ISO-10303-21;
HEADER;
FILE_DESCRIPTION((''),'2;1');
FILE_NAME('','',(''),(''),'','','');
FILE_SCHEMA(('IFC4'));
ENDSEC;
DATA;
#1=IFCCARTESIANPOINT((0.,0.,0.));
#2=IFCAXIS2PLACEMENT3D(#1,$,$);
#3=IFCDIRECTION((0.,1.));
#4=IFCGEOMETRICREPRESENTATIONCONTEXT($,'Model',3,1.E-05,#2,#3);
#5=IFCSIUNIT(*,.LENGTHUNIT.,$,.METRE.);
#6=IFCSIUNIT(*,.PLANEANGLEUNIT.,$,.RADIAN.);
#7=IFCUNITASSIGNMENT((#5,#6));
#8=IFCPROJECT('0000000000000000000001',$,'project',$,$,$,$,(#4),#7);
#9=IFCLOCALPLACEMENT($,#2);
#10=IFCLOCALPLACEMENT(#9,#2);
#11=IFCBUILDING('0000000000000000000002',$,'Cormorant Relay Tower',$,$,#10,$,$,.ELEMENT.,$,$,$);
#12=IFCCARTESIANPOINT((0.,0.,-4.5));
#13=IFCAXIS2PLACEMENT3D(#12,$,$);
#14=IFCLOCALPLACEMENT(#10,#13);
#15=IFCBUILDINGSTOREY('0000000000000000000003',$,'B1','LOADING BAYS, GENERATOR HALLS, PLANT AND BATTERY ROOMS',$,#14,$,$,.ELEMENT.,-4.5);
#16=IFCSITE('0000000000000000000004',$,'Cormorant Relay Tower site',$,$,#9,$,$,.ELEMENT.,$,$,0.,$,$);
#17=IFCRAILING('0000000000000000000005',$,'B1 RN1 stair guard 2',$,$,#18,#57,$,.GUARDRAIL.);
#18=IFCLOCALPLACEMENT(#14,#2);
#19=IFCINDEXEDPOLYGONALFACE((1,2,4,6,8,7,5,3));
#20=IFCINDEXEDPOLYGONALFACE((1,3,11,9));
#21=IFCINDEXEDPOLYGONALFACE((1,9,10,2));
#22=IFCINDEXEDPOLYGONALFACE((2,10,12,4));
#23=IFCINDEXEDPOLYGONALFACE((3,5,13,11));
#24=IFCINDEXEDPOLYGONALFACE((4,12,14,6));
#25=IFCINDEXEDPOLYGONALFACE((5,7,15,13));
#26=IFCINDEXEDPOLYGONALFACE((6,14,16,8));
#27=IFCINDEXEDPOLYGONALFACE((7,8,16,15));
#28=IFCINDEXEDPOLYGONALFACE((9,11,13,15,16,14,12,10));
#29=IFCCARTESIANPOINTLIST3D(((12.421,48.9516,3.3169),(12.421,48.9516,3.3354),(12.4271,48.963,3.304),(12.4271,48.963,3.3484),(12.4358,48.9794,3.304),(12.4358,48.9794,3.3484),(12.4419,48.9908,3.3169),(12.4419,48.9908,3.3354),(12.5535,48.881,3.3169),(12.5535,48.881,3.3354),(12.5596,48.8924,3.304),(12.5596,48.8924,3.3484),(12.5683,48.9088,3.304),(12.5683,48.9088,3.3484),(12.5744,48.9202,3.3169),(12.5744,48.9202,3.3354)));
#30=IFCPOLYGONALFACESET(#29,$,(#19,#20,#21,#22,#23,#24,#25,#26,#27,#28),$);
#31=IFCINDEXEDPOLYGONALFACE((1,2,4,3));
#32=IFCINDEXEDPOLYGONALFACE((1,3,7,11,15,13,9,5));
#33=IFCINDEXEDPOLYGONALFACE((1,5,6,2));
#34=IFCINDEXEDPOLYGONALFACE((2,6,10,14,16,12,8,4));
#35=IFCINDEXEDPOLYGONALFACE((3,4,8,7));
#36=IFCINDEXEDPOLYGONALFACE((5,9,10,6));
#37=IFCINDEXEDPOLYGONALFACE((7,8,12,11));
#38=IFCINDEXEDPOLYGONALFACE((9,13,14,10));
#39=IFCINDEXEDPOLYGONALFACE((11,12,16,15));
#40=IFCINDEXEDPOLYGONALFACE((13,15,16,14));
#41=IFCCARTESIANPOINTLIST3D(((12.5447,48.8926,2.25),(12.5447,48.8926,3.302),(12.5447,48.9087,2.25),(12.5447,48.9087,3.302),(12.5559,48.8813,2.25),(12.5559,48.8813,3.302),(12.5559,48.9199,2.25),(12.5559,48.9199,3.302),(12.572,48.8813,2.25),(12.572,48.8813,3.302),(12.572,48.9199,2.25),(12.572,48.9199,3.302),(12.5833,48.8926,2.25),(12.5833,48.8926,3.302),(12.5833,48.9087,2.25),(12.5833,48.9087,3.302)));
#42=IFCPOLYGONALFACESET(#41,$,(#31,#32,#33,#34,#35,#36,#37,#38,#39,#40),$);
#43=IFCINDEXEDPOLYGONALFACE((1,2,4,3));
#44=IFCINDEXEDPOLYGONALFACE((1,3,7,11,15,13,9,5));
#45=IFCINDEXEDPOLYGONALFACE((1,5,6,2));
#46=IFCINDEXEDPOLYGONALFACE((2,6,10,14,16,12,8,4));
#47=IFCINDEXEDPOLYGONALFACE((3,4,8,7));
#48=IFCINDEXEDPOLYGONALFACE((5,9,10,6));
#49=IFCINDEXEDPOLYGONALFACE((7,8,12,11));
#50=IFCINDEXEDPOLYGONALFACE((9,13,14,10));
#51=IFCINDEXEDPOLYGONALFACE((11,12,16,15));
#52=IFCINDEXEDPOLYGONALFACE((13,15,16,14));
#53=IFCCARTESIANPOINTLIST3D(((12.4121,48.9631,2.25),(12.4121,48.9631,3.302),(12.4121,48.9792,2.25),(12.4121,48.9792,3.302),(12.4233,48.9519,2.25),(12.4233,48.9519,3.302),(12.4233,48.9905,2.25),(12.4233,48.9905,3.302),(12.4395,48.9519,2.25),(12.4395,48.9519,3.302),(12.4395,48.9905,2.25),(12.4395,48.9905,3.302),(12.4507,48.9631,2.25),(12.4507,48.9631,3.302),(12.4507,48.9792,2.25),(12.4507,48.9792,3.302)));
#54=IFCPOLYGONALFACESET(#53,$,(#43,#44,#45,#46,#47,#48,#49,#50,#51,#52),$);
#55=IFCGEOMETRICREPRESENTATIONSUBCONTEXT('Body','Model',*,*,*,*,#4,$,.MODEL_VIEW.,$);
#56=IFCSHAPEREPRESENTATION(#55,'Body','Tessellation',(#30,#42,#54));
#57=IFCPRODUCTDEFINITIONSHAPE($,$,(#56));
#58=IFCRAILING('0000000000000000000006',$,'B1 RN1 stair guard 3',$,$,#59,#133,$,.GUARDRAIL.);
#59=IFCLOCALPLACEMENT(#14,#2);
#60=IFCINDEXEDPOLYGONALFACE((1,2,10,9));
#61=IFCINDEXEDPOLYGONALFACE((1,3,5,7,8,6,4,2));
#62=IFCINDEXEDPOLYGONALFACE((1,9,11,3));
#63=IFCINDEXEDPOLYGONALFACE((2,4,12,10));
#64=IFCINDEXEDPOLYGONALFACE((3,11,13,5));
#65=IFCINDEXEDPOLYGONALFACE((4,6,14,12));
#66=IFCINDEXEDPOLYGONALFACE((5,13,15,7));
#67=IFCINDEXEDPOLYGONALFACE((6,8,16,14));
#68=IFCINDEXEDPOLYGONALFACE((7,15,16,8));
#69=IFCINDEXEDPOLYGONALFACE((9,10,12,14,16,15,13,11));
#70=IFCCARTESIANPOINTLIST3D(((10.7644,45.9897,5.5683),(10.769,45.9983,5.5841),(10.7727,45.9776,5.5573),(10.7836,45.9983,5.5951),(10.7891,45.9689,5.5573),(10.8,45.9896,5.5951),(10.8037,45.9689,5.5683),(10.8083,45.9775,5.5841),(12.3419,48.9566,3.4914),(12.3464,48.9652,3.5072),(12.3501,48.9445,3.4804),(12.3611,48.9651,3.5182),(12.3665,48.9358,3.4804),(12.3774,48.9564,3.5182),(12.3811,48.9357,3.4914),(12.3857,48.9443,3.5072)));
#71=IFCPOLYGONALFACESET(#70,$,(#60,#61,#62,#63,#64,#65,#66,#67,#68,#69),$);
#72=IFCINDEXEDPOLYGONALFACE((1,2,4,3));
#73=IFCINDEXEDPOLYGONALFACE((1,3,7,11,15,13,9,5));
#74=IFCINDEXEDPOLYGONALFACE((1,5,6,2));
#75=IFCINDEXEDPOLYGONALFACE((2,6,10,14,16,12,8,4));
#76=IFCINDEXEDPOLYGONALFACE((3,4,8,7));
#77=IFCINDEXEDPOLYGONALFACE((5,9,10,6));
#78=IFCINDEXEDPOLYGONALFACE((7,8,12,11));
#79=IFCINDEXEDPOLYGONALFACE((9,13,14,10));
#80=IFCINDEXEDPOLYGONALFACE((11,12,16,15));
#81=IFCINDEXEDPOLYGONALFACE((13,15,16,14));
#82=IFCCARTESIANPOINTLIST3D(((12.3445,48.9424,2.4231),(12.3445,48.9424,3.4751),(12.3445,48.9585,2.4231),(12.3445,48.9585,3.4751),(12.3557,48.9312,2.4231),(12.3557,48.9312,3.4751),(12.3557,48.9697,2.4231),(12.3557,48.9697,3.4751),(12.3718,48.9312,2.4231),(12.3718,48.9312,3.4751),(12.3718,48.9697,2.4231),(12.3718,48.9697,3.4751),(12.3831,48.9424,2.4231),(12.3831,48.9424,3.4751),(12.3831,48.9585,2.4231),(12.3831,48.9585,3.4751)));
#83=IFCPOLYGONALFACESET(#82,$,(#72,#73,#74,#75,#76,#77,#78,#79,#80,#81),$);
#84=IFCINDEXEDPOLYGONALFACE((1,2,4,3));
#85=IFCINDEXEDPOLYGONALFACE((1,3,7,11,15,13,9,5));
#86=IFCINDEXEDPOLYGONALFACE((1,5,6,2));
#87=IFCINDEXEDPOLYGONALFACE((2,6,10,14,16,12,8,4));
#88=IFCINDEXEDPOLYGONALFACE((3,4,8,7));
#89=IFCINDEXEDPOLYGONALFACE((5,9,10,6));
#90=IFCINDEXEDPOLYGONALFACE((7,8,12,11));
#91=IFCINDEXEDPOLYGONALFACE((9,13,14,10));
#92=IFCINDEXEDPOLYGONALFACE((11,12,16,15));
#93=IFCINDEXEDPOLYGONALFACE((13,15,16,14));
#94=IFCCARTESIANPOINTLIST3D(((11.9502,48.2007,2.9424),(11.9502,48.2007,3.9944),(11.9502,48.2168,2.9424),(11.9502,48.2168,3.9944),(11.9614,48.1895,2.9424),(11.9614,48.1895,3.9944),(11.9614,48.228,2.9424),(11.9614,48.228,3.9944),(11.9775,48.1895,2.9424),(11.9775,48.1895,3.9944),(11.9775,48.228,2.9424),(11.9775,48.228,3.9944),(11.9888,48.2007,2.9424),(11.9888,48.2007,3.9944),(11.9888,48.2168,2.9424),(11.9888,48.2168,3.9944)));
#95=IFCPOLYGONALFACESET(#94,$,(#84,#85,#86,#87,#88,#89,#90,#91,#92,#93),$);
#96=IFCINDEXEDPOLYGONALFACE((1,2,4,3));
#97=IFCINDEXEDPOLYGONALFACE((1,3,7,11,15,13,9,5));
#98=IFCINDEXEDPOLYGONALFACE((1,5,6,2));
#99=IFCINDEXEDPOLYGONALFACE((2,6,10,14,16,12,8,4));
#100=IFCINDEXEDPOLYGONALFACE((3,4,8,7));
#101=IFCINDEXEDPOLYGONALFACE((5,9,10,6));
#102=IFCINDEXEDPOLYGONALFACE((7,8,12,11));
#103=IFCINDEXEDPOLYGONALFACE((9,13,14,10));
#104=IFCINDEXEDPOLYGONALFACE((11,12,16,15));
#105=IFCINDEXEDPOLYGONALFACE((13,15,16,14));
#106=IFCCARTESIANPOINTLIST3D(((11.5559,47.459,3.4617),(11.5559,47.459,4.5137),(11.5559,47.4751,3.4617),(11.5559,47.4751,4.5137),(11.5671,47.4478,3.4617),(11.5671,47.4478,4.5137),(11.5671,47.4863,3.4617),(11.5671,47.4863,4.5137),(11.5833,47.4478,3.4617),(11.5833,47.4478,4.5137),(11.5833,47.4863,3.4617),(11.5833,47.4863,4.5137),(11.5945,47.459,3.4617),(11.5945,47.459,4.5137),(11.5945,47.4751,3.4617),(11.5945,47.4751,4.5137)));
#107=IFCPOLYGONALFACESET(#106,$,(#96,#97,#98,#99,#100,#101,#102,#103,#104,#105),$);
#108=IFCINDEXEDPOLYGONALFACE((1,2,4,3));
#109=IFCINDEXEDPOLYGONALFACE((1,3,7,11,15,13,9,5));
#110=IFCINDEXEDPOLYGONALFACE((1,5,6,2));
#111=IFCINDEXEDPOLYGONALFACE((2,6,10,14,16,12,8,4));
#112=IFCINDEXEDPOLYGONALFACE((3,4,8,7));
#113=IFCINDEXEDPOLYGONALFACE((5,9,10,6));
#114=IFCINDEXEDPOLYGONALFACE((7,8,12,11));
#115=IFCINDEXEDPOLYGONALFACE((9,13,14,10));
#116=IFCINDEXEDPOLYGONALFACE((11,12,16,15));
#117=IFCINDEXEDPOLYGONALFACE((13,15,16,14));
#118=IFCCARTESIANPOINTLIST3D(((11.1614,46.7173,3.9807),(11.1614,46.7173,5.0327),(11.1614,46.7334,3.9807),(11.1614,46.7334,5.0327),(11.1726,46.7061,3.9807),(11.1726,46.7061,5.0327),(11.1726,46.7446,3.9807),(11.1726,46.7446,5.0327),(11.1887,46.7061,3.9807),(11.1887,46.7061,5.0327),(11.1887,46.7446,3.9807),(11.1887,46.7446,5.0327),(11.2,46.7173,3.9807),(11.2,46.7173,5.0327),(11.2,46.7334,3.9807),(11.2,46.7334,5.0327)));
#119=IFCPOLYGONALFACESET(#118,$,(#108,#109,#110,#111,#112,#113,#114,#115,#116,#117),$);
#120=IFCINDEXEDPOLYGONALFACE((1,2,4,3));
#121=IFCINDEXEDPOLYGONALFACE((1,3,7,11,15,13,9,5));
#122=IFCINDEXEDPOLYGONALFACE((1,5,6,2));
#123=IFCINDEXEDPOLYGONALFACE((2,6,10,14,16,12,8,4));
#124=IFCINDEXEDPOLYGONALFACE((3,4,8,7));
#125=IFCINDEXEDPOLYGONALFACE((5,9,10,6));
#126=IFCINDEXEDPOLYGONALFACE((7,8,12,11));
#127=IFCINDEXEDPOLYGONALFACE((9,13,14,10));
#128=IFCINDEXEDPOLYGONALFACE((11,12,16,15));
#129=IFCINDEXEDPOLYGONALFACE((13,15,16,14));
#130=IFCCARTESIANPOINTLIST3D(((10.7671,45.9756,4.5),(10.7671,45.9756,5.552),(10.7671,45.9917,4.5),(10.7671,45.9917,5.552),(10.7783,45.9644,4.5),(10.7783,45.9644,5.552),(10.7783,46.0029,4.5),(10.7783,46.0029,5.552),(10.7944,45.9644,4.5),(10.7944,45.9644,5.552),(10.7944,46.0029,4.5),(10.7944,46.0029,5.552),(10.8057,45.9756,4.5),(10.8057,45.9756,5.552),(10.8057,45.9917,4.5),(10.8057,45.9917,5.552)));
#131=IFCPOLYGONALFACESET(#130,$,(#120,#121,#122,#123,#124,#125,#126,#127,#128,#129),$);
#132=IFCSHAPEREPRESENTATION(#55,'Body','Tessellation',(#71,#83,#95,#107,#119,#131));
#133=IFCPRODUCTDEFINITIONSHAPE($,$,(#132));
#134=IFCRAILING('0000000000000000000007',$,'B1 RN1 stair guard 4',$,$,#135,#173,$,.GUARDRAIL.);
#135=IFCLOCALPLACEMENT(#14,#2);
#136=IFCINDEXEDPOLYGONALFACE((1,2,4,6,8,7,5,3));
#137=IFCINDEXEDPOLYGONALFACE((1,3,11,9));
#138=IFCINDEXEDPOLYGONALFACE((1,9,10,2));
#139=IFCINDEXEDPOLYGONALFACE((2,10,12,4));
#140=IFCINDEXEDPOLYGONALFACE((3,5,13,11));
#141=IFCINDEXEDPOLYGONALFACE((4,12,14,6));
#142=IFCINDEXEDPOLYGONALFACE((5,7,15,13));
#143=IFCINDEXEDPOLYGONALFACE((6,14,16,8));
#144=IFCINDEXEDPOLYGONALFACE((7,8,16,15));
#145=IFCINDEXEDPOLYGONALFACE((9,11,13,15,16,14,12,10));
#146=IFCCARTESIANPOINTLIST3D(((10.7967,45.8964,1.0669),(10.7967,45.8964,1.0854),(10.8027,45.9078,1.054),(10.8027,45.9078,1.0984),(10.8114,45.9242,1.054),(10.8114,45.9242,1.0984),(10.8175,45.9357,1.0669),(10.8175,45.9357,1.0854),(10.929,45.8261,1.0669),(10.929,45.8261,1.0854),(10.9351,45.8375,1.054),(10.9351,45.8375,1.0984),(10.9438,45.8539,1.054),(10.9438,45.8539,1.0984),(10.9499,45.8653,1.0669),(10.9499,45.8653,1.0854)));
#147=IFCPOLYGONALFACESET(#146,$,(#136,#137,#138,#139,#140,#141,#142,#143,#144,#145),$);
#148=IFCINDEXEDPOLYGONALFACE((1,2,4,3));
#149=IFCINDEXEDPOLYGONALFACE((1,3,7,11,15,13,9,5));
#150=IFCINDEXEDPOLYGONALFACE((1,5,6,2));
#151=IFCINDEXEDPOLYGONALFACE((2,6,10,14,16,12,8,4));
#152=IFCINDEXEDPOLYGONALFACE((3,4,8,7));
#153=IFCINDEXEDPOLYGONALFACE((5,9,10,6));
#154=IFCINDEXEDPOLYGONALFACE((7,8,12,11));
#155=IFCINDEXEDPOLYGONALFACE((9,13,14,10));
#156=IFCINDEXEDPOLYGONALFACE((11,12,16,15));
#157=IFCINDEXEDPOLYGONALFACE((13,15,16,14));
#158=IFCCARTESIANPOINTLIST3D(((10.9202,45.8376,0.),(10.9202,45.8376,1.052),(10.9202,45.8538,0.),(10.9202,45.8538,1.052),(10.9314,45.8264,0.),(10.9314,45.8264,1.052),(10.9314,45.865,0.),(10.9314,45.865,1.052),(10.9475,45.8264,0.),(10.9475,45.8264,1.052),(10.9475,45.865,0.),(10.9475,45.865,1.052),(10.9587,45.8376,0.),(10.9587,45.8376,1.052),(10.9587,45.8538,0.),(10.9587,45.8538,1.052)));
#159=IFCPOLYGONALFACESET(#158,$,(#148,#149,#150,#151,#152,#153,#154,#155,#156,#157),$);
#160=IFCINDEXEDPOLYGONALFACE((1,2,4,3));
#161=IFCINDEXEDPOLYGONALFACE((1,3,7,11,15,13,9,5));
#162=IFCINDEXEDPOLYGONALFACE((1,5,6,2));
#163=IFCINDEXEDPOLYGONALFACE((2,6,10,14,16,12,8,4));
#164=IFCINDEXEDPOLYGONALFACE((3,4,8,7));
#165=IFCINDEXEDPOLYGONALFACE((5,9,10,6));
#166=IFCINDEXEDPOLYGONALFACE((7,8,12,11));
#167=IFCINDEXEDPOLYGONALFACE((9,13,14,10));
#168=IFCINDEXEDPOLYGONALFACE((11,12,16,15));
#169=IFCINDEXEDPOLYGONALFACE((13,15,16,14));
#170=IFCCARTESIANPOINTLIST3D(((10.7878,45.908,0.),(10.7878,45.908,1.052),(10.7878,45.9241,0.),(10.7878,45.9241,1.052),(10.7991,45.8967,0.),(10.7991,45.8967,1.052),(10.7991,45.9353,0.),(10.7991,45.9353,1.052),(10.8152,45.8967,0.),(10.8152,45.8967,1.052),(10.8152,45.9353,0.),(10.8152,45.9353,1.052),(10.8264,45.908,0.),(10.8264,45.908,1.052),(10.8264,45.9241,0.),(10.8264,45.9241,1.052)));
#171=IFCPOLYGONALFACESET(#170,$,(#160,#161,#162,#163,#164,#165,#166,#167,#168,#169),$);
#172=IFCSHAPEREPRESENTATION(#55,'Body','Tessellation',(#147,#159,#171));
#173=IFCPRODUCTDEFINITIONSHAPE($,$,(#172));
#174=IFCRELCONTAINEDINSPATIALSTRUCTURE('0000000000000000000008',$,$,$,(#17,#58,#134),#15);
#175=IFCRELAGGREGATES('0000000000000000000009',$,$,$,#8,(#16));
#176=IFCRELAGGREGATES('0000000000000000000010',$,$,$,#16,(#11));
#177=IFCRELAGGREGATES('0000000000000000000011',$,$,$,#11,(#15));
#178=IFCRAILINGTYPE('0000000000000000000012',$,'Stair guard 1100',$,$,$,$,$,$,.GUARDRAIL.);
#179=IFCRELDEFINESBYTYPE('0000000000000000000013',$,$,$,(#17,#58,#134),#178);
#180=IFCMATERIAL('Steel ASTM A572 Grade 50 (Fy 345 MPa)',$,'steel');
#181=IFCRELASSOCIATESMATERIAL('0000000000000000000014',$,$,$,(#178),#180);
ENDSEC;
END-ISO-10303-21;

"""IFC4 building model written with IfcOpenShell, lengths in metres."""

from ifc_helpers import new_model, si_unit, direction, frame, origin, place, context, subcontext, project, spatial, polyline, outline, extrude, material, type_object, element, save


model = new_model("IFC4")

# Units and contexts
model_context = context("Model", 3, precision=1e-05, world=origin(), true_north=direction((0.0, 1.0)))
body_context = subcontext(model_context, "Body", "Model", "MODEL_VIEW")
ifc_project = project(units=[si_unit("LENGTHUNIT", "METRE"), si_unit("PLANEANGLEUNIT", "RADIAN")], contexts=[model_context])

# Site, building, storey
site_placement = place(None, origin())
site = spatial("IfcSite", under=ifc_project, at=site_placement, Name="Cormorant Relay Tower site", CompositionType="ELEMENT", RefElevation=0.0)
building_placement = place(site_placement, origin())
building = spatial("IfcBuilding", under=site, at=building_placement, Name="Cormorant Relay Tower", CompositionType="ELEMENT")
storey_placement = place(building_placement, frame((0.0, 0.0, -4.5)))
storey = spatial("IfcBuildingStorey", under=building, at=storey_placement, Name="B1", Description="LOADING BAYS, GENERATOR HALLS, PLANT AND BATTERY ROOMS", CompositionType="ELEMENT", Elevation=-4.5)

# Railings
ifc_material_1 = material(Name="Steel ASTM A572 Grade 50 (Fy 345 MPa)", Category="steel")
railing_type_1 = type_object("IfcRailingType", Name="Stair guard 1100", PredefinedType="GUARDRAIL", material=ifc_material_1)
railing_1_placement = place(storey_placement, frame((12.564, 48.9006, 2.25)))
element("IfcRailing", 1, at=railing_1_placement, inside=storey, type_object=railing_type_1, Name="B1 RN1 stair guard 2", PredefinedType="GUARDRAIL", context=body_context, shape_type="SweptSolid", body=[
    extrude(outline(polyline([(0.0222, 0.0093), (0.0093, 0.0222), (-0.0093, 0.0222), (-0.0222, 0.0093), (-0.0222, -0.0093), (-0.0093, -0.0222), (0.0093, -0.0222), (0.0222, -0.0093), (0.0222, 0.0093)])), frame((0.0, 0.0, 1.0762), z_axis=(-0.882758, 0.469829, 0.0), x_axis=(-0.469829, -0.882758, 0.0)), (0.0, 0.0, 1.0), 0.1501),
    extrude(outline(polyline([(0.0193, 0.0081), (0.0081, 0.0193), (-0.0081, 0.0193), (-0.0193, 0.0081), (-0.0193, -0.0081), (-0.0081, -0.0193), (0.0081, -0.0193), (0.0193, -0.0081), (0.0193, 0.0081)])), origin(), (0.0, 0.0, 1.0), 1.052),
    extrude(outline(polyline([(0.0193, 0.0081), (0.0081, 0.0193), (-0.0081, 0.0193), (-0.0193, 0.0081), (-0.0193, -0.0081), (-0.0081, -0.0193), (0.0081, -0.0193), (0.0193, -0.0081), (0.0193, 0.0081)])), frame((-0.1326, 0.0706, 0.0)), (0.0, 0.0, 1.0), 1.052),
])
railing_2_placement = place(storey_placement, frame((12.3638, 48.9504, 2.4231)))
element("IfcRailing", 2, at=railing_2_placement, inside=storey, type_object=railing_type_1, Name="B1 RN1 stair guard 3", PredefinedType="GUARDRAIL", context=body_context, shape_type="SweptSolid", body=[
    extrude(outline(polyline([(0.0222, 0.0093), (0.0093, 0.0222), (-0.0093, 0.0222), (-0.0222, 0.0093), (-0.0222, -0.0093), (-0.0093, -0.0222), (0.0093, -0.0222), (0.0222, -0.0093), (0.0222, 0.0093)])), frame((0.0, 0.0, 1.0762), z_axis=(-0.399326, -0.751062, 0.52578), x_axis=(0.882958, -0.469453, 0.0)), (0.0, 0.0, 1.0), 3.9502),
    extrude(outline(polyline([(0.0193, 0.0081), (0.0081, 0.0193), (-0.0081, 0.0193), (-0.0193, 0.0081), (-0.0193, -0.0081), (-0.0081, -0.0193), (0.0081, -0.0193), (0.0193, -0.0081), (0.0193, 0.0081)])), origin(), (0.0, 0.0, 1.0), 1.052),
    extrude(outline(polyline([(0.0193, 0.0081), (0.0081, 0.0193), (-0.0081, 0.0193), (-0.0193, 0.0081), (-0.0193, -0.0081), (-0.0081, -0.0193), (0.0081, -0.0193), (0.0193, -0.0081), (0.0193, 0.0081)])), frame((-0.3943, -0.7417, 0.5193)), (0.0, 0.0, 1.0), 1.052),
    extrude(outline(polyline([(0.0193, 0.0081), (0.0081, 0.0193), (-0.0081, 0.0193), (-0.0193, 0.0081), (-0.0193, -0.0081), (-0.0081, -0.0193), (0.0081, -0.0193), (0.0193, -0.0081), (0.0193, 0.0081)])), frame((-0.7886, -1.4834, 1.0386)), (0.0, 0.0, 1.0), 1.052),
    extrude(outline(polyline([(0.0193, 0.0081), (0.0081, 0.0193), (-0.0081, 0.0193), (-0.0193, 0.0081), (-0.0193, -0.0081), (-0.0081, -0.0193), (0.0081, -0.0193), (0.0193, -0.0081), (0.0193, 0.0081)])), frame((-1.1831, -2.2251, 1.5576)), (0.0, 0.0, 1.0), 1.052),
    extrude(outline(polyline([(0.0193, 0.0081), (0.0081, 0.0193), (-0.0081, 0.0193), (-0.0193, 0.0081), (-0.0193, -0.0081), (-0.0081, -0.0193), (0.0081, -0.0193), (0.0193, -0.0081), (0.0193, 0.0081)])), frame((-1.5774, -2.9668, 2.0769)), (0.0, 0.0, 1.0), 1.052),
])
railing_3_placement = place(storey_placement, frame((10.9395, 45.8457, 0.0)))
element("IfcRailing", 3, at=railing_3_placement, inside=storey, type_object=railing_type_1, Name="B1 RN1 stair guard 4", PredefinedType="GUARDRAIL", context=body_context, shape_type="SweptSolid", body=[
    extrude(outline(polyline([(0.0222, 0.0093), (0.0093, 0.0222), (-0.0093, 0.0222), (-0.0222, 0.0093), (-0.0222, -0.0093), (-0.0093, -0.0222), (0.0093, -0.0222), (0.0222, -0.0093), (0.0222, 0.0093)])), frame((0.0, 0.0, 1.0762), z_axis=(-0.883074, 0.469235, 0.0), x_axis=(-0.469235, -0.883074, 0.0)), (0.0, 0.0, 1.0), 0.1499),
    extrude(outline(polyline([(0.0193, 0.0081), (0.0081, 0.0193), (-0.0081, 0.0193), (-0.0193, 0.0081), (-0.0193, -0.0081), (-0.0081, -0.0193), (0.0081, -0.0193), (0.0193, -0.0081), (0.0193, 0.0081)])), origin(), (0.0, 0.0, 1.0), 1.052),
    extrude(outline(polyline([(0.0193, 0.0081), (0.0081, 0.0193), (-0.0081, 0.0193), (-0.0193, 0.0081), (-0.0193, -0.0081), (-0.0081, -0.0193), (0.0081, -0.0193), (0.0193, -0.0081), (0.0193, 0.0081)])), frame((-0.1323, 0.0703, 0.0)), (0.0, 0.0, 1.0), 1.052),
])

save(model, "model.ifc")
